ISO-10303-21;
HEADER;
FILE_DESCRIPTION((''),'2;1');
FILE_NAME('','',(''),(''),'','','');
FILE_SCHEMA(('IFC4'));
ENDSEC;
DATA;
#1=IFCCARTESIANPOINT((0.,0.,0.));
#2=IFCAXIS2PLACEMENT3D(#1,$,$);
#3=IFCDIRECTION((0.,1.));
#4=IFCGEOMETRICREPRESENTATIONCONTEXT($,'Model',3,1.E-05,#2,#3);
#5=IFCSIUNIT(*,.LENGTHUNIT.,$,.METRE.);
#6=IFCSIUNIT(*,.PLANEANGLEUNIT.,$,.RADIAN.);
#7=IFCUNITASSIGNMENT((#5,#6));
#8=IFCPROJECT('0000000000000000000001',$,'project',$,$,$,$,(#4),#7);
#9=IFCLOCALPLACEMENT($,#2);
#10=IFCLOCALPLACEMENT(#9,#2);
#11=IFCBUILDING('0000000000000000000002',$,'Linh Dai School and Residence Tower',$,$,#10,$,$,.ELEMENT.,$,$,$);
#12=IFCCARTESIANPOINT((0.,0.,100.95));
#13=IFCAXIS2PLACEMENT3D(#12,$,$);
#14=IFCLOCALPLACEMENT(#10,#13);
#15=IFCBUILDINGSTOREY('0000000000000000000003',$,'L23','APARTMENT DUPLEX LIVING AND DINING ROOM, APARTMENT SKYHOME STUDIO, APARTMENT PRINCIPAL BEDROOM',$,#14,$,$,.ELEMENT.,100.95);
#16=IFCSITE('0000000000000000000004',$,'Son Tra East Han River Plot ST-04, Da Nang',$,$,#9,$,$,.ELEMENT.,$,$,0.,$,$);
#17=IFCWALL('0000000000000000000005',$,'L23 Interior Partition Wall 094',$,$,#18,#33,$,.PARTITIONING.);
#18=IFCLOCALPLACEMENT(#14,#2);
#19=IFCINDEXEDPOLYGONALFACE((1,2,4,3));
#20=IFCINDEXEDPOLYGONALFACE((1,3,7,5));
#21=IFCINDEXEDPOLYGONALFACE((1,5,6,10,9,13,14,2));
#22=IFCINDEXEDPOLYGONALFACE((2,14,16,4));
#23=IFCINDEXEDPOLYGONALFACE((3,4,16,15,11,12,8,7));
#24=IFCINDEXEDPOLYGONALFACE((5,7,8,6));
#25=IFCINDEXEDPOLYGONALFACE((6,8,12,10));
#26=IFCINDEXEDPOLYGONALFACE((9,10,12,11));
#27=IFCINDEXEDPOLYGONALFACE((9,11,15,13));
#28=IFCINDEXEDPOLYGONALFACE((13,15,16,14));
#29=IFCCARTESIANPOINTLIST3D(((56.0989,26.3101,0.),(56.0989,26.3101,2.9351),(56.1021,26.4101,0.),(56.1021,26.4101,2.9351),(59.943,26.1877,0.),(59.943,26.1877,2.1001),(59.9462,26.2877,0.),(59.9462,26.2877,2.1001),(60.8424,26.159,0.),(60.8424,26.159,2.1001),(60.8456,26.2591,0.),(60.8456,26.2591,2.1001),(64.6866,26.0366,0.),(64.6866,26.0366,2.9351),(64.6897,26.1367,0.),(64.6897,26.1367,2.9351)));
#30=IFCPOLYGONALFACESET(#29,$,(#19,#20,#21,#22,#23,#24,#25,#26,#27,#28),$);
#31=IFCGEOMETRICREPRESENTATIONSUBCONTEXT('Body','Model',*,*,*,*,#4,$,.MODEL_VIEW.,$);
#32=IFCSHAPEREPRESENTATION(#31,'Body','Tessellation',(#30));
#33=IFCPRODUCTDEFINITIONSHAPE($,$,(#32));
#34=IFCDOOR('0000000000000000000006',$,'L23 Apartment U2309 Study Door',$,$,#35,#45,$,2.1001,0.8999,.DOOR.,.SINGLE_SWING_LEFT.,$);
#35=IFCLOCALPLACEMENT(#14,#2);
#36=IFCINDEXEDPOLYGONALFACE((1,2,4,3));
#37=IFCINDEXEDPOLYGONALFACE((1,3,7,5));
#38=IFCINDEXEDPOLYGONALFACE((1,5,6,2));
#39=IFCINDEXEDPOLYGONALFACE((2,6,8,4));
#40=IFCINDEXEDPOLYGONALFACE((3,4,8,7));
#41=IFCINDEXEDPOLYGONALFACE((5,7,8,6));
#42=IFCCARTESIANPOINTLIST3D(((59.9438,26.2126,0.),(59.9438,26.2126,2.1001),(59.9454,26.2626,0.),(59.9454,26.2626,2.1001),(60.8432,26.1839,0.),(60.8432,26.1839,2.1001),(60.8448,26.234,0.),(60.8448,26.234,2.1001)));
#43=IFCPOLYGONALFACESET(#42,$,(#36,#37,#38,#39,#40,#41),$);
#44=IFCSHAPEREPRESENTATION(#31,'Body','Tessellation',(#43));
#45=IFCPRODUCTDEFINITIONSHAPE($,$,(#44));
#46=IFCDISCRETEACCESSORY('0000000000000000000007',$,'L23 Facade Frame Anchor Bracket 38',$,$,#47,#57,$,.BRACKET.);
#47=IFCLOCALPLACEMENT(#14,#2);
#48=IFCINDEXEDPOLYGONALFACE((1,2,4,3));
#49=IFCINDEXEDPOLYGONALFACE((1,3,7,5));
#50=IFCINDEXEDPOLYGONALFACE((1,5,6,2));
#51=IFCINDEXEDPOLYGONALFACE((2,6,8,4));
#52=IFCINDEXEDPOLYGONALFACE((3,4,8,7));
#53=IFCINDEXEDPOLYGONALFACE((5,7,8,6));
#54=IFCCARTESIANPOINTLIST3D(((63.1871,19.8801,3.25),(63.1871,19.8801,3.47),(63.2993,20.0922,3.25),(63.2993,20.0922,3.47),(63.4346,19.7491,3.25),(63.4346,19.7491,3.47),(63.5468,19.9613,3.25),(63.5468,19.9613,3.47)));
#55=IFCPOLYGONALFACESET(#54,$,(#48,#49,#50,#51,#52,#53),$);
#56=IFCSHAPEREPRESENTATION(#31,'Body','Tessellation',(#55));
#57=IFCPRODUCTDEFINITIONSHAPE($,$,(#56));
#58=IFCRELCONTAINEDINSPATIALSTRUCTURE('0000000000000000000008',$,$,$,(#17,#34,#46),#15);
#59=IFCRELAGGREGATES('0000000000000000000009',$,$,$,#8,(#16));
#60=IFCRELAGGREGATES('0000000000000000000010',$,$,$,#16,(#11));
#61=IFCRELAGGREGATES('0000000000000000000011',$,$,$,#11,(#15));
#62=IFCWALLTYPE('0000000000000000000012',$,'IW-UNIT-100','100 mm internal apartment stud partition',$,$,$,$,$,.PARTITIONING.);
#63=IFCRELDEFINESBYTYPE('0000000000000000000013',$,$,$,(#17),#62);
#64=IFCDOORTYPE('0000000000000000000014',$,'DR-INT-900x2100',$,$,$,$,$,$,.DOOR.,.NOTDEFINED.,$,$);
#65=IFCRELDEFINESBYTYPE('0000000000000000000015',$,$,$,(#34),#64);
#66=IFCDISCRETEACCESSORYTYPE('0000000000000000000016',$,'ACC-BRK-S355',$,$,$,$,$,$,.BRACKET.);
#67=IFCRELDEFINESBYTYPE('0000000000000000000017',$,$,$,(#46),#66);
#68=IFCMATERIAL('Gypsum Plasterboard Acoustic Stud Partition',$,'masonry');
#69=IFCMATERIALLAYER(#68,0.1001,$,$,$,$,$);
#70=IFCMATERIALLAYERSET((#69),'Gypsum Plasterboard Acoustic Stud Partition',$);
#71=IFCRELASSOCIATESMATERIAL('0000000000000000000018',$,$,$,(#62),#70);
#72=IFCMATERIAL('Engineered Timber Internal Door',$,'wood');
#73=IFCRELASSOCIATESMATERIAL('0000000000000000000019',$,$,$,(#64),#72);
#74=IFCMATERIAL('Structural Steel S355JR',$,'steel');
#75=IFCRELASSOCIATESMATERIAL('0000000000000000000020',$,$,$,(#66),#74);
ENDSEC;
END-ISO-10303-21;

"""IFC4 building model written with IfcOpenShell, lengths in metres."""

from ifc_helpers import new_model, si_unit, direction, frame, frame_2d, origin, origin_2d, place, context, subcontext, project, spatial, rectangle, extrude, source, transform, mapped, material, layer, layer_set, type_object, element, fill, save


model = new_model("IFC4")

# Units and contexts
model_context = context("Model", 3, precision=1e-05, world=origin(), true_north=direction((0.0, 1.0)))
body_context = subcontext(model_context, "Body", "Model", "MODEL_VIEW")
ifc_project = project(units=[si_unit("LENGTHUNIT", "METRE"), si_unit("PLANEANGLEUNIT", "RADIAN")], contexts=[model_context])

# Site, building, storey
site_placement = place(None, origin())
site = spatial("IfcSite", under=ifc_project, at=site_placement, Name="Son Tra East Han River Plot ST-04, Da Nang", CompositionType="ELEMENT", RefElevation=0.0)
building_placement = place(site_placement, origin())
building = spatial("IfcBuilding", under=site, at=building_placement, Name="Linh Dai School and Residence Tower", CompositionType="ELEMENT")
storey_placement = place(building_placement, frame((0.0, 0.0, 100.95)))
storey = spatial("IfcBuildingStorey", under=building, at=storey_placement, Name="L23", Description="APARTMENT DUPLEX LIVING AND DINING ROOM, APARTMENT SKYHOME STUDIO, APARTMENT PRINCIPAL BEDROOM", CompositionType="ELEMENT", Elevation=100.95)

# Shared definitions
ifc_material_1 = material(Name="Structural Steel S355JR", Category="steel")

# Shared definitions
ifc_material_2 = material(Name="Gypsum Plasterboard Acoustic Stud Partition", Category="masonry")
ifc_layer_1 = layer(ifc_material_2, 0.1001)
ifc_layer_set_1 = layer_set([ifc_layer_1], Name="Gypsum Plasterboard Acoustic Stud Partition")
wall_type_1 = type_object("IfcWallType", Name="IW-UNIT-100", Description="100 mm internal apartment stud partition", PredefinedType="PARTITIONING", material=ifc_layer_set_1)

# Wall, opening, door
wall_1_placement = place(storey_placement, frame((56.1006, 26.3601, 0.0), z_axis=(0.0, 0.0, 1.0), x_axis=(0.999493, -0.031825, 0.0)))
wall_1 = element("IfcWall", 1, at=wall_1_placement, inside=storey, type_object=wall_type_1, Name="L23 Interior Partition Wall 094", PredefinedType="PARTITIONING", context=body_context, shape_type="SweptSolid", body=[
    extrude(rectangle(XDim=8.592, YDim=0.1001, at=frame_2d((4.2959, 0.0))), origin(), (0.0, 0.0, 1.0), 2.9351),
])
opening_1_placement = place(wall_1_placement, frame((3.8459, 0.0, 0.0)))
opening_1 = element("IfcOpeningElement", 2, at=opening_1_placement, cuts=wall_1, PredefinedType="OPENING", context=body_context, shape_type="SweptSolid", body=[
    extrude(rectangle(XDim=0.8999, YDim=2.1001, at=origin_2d()), frame((0.45, 0.0601, 1.05), z_axis=(0.0, -1.0, 0.0), x_axis=(1.0, 0.0, 0.0)), (0.0, 0.0, 1.0), 0.1201),
])
ifc_material_3 = material(Name="Engineered Timber Internal Door", Category="wood")
door_type_1 = type_object("IfcDoorType", Name="DR-INT-900x2100", OperationType="NOTDEFINED", PredefinedType="DOOR", material=ifc_material_3)
shared_shape_1 = source(origin(), body_context, "Body", "SweptSolid", [
    extrude(rectangle(XDim=0.8999, YDim=2.1001, at=origin_2d()), frame((0.45, 0.0249, 1.05), z_axis=(0.0, -1.0, 0.0), x_axis=(1.0, 0.0, 0.0)), (0.0, 0.0, 1.0), 0.05),
])
door_1_placement = place(opening_1_placement, origin())
door_1 = element("IfcDoor", 3, at=door_1_placement, inside=storey, type_object=door_type_1, Name="L23 Apartment U2309 Study Door", OperationType="SINGLE_SWING_LEFT", OverallHeight=2.1001, OverallWidth=0.8999, PredefinedType="DOOR", context=body_context, shape_type="MappedRepresentation", body=[
    mapped(shared_shape_1, transform((0.0, 0.0, 0.0), x_axis=(1.0, 0.0, 0.0), y_axis=(0.0, 1.0, 0.0), z_axis=(0.0, 0.0, 1.0), scale=1.0)),
])
fill(opening_1, door_1)

# Discrete accessory
discrete_accessory_type = type_object("IfcDiscreteAccessoryType", Name="ACC-BRK-S355", PredefinedType="BRACKET", material=ifc_material_1)
shared_shape_2 = source(origin(), body_context, "Body", "SweptSolid", [
    extrude(rectangle(XDim=0.28, YDim=0.24, at=origin_2d()), origin(), (0.0, 0.0, 1.0), 0.22),
])
discrete_accessory_placement = place(storey_placement, frame((63.3669, 19.9207, 3.25), z_axis=(0.0, 0.0, 1.0), x_axis=(0.883942, -0.467596, 0.0)))
element("IfcDiscreteAccessory", 4, at=discrete_accessory_placement, inside=storey, type_object=discrete_accessory_type, Name="L23 Facade Frame Anchor Bracket 38", PredefinedType="BRACKET", context=body_context, shape_type="MappedRepresentation", body=[
    mapped(shared_shape_2, transform((0.0, 0.0, 0.0), x_axis=(1.0, 0.0, 0.0), y_axis=(0.0, 1.0, 0.0), z_axis=(0.0, 0.0, 1.0), scale=1.0)),
])

save(model, "model.ifc")
